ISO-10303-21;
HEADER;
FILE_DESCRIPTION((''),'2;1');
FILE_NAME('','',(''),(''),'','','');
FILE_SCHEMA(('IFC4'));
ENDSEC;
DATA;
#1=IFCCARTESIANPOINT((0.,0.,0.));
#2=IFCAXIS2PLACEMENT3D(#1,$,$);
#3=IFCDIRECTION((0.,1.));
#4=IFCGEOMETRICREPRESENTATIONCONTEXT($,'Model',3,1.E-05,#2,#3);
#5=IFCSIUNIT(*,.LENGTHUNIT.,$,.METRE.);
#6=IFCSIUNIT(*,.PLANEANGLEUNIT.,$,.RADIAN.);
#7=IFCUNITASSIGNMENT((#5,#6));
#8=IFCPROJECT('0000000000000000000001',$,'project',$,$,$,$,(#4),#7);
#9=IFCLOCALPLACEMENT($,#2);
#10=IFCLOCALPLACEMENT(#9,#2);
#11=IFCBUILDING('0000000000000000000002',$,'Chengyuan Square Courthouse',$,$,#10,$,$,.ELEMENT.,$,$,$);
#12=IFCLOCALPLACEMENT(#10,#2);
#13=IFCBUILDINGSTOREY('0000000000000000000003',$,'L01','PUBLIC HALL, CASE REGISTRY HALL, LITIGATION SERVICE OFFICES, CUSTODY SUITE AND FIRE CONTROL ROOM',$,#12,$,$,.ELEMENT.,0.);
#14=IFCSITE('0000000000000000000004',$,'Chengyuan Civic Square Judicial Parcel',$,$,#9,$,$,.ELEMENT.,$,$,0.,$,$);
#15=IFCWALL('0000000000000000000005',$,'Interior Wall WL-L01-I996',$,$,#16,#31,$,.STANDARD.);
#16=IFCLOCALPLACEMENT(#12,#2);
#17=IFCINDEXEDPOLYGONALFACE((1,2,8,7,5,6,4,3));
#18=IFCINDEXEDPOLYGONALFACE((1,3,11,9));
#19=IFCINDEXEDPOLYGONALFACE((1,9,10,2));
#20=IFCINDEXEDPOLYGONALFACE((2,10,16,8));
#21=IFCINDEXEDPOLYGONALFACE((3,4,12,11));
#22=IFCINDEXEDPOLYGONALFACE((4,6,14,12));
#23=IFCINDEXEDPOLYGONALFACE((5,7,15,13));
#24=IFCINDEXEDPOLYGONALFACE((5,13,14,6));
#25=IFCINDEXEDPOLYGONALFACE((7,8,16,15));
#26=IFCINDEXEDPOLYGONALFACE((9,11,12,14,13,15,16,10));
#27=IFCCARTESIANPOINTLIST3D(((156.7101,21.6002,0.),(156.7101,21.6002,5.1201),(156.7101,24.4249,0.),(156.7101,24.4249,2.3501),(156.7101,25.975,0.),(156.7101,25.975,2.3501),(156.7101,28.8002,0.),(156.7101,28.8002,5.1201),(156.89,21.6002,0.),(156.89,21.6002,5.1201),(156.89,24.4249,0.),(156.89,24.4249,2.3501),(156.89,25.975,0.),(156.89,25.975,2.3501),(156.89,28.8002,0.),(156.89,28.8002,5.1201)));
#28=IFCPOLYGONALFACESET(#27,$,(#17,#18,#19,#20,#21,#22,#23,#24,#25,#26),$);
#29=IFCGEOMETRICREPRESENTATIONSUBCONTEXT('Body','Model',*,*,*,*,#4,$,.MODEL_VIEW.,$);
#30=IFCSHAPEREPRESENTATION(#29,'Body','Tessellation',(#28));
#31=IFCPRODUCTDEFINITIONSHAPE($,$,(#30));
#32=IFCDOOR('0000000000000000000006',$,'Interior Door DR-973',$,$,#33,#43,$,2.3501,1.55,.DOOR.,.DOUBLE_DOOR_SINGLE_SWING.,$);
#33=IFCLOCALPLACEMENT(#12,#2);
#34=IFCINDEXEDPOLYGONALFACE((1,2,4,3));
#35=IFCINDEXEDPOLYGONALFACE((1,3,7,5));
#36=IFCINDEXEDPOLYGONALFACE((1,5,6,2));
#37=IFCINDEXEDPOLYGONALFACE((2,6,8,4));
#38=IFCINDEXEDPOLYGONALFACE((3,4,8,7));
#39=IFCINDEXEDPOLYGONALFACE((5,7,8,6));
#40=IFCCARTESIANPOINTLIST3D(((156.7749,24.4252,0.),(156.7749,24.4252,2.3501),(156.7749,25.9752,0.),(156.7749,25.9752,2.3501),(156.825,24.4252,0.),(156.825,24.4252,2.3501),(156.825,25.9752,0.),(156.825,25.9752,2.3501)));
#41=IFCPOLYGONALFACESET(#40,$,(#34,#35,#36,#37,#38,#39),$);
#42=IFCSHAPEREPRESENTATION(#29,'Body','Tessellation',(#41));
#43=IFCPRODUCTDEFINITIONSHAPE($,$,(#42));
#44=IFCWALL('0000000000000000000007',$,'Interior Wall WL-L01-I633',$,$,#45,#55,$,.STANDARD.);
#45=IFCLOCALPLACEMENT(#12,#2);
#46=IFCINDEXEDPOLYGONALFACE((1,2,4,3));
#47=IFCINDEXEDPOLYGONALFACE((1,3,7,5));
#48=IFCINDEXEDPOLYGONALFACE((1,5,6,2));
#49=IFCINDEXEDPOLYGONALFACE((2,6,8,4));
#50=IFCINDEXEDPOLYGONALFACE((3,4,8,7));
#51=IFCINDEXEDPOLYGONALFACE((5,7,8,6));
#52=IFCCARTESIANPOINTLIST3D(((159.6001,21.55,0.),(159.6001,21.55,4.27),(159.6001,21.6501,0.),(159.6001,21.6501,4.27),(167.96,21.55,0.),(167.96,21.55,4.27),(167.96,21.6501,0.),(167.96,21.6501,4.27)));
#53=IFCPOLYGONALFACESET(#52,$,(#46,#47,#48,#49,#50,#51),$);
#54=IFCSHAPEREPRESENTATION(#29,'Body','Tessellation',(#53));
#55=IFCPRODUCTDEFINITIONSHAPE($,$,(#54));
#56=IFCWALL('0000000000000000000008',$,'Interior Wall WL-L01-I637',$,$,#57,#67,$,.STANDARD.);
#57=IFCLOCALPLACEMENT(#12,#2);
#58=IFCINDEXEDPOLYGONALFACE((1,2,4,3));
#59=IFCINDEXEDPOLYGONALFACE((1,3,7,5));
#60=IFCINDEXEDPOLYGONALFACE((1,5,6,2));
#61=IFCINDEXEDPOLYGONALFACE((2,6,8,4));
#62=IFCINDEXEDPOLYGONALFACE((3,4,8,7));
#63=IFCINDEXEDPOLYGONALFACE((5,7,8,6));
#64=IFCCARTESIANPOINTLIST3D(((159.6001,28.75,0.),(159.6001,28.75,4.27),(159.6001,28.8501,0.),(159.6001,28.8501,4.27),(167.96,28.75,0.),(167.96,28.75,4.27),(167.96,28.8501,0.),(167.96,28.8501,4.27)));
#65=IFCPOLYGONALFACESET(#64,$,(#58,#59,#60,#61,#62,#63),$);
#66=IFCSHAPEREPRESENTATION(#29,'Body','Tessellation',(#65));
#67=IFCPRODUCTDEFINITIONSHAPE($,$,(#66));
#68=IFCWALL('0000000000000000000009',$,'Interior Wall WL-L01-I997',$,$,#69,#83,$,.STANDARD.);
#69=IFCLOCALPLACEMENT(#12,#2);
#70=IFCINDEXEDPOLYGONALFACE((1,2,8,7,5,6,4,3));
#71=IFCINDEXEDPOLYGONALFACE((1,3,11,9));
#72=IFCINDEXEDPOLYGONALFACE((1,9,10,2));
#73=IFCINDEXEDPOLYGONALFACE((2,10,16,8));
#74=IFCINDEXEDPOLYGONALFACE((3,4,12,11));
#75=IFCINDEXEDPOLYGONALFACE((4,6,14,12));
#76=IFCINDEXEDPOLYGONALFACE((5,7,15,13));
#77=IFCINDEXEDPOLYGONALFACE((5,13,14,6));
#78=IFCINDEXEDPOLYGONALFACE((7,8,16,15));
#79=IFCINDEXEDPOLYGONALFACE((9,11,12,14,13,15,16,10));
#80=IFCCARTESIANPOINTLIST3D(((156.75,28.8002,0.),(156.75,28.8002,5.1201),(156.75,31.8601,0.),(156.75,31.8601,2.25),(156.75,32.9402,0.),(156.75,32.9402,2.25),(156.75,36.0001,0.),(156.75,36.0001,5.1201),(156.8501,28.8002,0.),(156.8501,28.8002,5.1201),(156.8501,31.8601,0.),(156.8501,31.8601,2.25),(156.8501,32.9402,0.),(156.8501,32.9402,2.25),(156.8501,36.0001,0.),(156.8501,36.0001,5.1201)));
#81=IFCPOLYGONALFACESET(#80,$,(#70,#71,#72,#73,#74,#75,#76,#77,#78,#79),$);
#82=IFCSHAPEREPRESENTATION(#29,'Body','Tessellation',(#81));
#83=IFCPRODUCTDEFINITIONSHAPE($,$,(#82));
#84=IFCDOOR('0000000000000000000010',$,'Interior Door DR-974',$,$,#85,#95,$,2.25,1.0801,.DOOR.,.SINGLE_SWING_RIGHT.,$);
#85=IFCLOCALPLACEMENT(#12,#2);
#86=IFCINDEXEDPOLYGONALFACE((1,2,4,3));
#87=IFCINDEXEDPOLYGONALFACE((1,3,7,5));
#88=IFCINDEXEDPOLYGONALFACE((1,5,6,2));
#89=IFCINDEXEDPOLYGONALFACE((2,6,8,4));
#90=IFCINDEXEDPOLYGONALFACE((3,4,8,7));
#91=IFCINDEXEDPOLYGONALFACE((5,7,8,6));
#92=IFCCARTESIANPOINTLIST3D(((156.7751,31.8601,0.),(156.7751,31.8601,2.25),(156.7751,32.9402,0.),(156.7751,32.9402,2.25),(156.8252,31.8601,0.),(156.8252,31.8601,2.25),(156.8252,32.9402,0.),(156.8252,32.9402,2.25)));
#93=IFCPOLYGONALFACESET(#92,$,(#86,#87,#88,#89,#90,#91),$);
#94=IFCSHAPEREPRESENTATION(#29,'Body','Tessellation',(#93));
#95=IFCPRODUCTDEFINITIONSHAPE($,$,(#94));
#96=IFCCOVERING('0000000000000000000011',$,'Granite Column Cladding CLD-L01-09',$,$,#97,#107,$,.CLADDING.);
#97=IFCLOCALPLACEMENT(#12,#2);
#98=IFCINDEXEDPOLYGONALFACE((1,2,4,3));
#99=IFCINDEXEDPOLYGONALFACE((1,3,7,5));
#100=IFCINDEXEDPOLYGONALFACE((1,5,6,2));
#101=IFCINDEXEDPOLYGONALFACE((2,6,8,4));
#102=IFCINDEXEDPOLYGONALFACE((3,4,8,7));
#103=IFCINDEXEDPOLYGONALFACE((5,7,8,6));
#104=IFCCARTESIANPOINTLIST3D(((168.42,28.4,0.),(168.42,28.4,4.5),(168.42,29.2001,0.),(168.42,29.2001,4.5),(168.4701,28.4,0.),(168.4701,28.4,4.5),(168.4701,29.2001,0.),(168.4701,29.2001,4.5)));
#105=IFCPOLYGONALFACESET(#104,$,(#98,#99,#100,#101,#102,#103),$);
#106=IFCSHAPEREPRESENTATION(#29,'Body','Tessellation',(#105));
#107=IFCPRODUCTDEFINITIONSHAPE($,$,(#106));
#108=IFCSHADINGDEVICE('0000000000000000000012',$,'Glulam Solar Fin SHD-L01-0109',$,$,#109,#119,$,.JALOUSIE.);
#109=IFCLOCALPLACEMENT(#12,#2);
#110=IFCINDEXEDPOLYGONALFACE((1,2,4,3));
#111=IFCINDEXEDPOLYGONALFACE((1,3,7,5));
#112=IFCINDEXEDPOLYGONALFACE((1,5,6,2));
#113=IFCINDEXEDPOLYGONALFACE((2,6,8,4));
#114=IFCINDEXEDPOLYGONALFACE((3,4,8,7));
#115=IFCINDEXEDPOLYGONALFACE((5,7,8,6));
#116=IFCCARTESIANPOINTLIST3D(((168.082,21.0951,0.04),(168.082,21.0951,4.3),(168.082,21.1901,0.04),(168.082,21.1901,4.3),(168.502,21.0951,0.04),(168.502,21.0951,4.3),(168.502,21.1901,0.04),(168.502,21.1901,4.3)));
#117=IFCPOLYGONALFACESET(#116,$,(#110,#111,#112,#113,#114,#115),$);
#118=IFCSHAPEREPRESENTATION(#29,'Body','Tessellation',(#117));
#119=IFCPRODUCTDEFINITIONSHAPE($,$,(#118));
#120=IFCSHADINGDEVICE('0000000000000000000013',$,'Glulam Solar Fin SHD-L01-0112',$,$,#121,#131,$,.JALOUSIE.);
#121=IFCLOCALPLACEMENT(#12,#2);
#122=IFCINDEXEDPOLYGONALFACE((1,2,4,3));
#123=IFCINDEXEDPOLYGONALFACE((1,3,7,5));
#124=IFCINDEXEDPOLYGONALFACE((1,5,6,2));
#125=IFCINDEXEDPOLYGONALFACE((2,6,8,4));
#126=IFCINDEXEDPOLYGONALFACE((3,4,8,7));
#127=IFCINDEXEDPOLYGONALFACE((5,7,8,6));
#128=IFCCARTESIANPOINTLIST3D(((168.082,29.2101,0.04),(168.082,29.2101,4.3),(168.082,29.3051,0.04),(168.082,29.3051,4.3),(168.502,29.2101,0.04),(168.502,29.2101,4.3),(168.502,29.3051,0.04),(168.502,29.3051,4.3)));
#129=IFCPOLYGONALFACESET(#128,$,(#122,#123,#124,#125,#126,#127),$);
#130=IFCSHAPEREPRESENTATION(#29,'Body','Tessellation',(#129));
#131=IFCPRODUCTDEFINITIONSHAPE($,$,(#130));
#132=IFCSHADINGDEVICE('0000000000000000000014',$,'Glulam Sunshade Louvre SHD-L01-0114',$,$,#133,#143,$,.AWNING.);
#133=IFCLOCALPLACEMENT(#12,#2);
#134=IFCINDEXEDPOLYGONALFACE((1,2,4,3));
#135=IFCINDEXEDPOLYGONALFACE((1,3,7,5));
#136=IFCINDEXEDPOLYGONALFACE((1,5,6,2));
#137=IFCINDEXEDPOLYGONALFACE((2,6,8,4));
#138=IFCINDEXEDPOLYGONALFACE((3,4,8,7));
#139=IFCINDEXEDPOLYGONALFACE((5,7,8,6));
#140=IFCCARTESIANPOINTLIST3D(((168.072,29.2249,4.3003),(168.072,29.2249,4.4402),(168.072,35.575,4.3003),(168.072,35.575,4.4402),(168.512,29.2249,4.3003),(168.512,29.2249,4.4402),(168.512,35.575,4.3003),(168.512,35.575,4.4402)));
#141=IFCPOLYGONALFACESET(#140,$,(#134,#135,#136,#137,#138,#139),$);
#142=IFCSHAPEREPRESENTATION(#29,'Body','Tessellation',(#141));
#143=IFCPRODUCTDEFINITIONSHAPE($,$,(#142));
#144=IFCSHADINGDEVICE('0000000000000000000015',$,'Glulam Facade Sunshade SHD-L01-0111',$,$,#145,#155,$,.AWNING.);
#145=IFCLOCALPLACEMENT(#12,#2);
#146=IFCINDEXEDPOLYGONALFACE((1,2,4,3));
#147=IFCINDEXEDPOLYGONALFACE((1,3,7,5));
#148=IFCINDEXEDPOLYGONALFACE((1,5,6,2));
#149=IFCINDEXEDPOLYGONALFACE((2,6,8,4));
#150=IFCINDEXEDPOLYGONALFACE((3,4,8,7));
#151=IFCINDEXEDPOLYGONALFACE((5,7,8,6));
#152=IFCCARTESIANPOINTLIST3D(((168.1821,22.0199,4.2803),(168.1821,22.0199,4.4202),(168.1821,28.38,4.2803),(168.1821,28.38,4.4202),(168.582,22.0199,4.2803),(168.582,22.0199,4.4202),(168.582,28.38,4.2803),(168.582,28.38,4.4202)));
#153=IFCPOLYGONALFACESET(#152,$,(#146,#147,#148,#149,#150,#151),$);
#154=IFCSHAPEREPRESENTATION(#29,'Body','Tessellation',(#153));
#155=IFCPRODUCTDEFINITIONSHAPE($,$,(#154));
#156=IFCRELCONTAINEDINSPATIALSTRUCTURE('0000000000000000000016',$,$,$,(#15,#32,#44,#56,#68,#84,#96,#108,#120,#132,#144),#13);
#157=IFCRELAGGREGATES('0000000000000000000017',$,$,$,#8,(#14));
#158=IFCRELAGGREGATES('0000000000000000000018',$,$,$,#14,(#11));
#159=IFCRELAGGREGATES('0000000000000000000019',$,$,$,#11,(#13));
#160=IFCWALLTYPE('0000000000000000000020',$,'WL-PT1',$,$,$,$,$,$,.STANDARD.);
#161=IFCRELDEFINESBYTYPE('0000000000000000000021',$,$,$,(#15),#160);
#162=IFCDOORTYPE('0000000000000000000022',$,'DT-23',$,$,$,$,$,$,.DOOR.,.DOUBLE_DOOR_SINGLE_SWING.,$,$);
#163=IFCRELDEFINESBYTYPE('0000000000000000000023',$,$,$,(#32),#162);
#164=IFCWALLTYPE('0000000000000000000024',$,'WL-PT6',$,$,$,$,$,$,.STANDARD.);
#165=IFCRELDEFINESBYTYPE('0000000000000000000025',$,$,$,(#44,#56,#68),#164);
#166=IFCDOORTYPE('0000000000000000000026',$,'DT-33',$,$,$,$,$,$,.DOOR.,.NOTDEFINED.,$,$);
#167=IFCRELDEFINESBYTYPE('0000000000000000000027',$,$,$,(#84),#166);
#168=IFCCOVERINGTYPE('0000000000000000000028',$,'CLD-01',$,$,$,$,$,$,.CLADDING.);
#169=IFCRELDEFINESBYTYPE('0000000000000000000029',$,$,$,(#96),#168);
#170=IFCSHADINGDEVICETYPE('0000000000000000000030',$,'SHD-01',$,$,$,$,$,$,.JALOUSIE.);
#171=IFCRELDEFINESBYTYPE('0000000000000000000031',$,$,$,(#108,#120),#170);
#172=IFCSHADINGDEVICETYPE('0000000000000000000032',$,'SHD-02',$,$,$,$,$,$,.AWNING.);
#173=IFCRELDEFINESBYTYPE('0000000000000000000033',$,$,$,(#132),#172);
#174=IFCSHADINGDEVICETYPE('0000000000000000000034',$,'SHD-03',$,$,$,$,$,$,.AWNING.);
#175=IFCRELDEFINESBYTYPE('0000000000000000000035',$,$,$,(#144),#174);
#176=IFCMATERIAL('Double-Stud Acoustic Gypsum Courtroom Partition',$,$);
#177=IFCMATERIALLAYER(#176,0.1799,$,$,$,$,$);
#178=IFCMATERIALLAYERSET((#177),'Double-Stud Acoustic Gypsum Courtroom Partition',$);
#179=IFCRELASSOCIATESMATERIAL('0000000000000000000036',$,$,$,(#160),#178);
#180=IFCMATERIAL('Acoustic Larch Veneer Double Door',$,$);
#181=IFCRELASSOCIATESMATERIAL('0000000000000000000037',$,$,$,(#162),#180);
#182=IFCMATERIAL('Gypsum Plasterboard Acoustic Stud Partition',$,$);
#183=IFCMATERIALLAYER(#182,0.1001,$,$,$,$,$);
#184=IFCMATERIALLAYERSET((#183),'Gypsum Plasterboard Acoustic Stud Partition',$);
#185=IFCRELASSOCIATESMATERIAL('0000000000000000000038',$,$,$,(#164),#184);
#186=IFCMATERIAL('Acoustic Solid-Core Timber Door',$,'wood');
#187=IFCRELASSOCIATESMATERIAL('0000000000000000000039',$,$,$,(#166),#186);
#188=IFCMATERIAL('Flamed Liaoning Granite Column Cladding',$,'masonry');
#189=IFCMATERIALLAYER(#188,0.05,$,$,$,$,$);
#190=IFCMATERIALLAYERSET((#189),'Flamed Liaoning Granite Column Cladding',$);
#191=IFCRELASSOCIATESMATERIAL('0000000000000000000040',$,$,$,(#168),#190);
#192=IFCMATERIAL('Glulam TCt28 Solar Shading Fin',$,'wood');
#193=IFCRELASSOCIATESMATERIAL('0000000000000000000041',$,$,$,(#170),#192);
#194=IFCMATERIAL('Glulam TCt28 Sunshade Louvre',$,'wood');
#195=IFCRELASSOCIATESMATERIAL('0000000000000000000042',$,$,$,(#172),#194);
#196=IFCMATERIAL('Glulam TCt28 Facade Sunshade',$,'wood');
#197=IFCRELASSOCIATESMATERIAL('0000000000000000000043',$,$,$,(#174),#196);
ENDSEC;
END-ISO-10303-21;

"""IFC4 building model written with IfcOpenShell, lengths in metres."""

from ifc_helpers import new_model, si_unit, direction, frame, frame_2d, origin, origin_2d, place, context, subcontext, project, spatial, rectangle, extrude, material, layer, layer_set, type_object, element, fill, save


model = new_model("IFC4")

# Units and contexts
model_context = context("Model", 3, precision=1e-05, world=origin(), true_north=direction((0.0, 1.0)))
body_context = subcontext(model_context, "Body", "Model", "MODEL_VIEW")
ifc_project = project(units=[si_unit("LENGTHUNIT", "METRE"), si_unit("PLANEANGLEUNIT", "RADIAN")], contexts=[model_context])

# Site, building, storey
site_placement = place(None, origin())
site = spatial("IfcSite", under=ifc_project, at=site_placement, Name="Chengyuan Civic Square Judicial Parcel", CompositionType="ELEMENT", RefElevation=0.0)
building_placement = place(site_placement, origin())
building = spatial("IfcBuilding", under=site, at=building_placement, Name="Chengyuan Square Courthouse", CompositionType="ELEMENT")
storey_placement = place(building_placement, origin())
storey = spatial("IfcBuildingStorey", under=building, at=storey_placement, Name="L01", Description="PUBLIC HALL, CASE REGISTRY HALL, LITIGATION SERVICE OFFICES, CUSTODY SUITE AND FIRE CONTROL ROOM", CompositionType="ELEMENT", Elevation=0.0)

# Wall, opening, door
ifc_material_1 = material(Name="Double-Stud Acoustic Gypsum Courtroom Partition")
ifc_layer_1 = layer(ifc_material_1, 0.1799)
ifc_layer_set_1 = layer_set([ifc_layer_1], Name="Double-Stud Acoustic Gypsum Courtroom Partition")
wall_type_1 = type_object("IfcWallType", Name="WL-PT1", PredefinedType="STANDARD", material=ifc_layer_set_1)
wall_1_placement = place(storey_placement, frame((156.8, 21.6001, 0.0), z_axis=(0.0, 0.0, 1.0), x_axis=(0.0, 1.0, 0.0)))
wall_1 = element("IfcWall", 1, at=wall_1_placement, inside=storey, type_object=wall_type_1, Name="Interior Wall WL-L01-I996", PredefinedType="STANDARD", context=body_context, shape_type="SweptSolid", body=[
    extrude(rectangle(XDim=7.2, YDim=0.1799, at=frame_2d((3.6001, 0.0))), origin(), (0.0, 0.0, 1.0), 5.1201),
])
opening_1_placement = place(wall_1_placement, frame((2.825, 0.0, 0.0)))
opening_1 = element("IfcOpeningElement", 2, at=opening_1_placement, cuts=wall_1, PredefinedType="OPENING", context=body_context, shape_type="SweptSolid", body=[
    extrude(rectangle(XDim=1.55, YDim=2.3501, at=frame_2d((0.7749, 1.175))), frame((0.0, 0.1021, 0.0), z_axis=(0.0, -1.0, 0.0), x_axis=(1.0, 0.0, 0.0)), (0.0, 0.0, 1.0), 0.2039),
])
ifc_material_2 = material(Name="Acoustic Larch Veneer Double Door")
door_type_1 = type_object("IfcDoorType", Name="DT-23", OperationType="DOUBLE_DOOR_SINGLE_SWING", PredefinedType="DOOR", material=ifc_material_2)
door_1_placement = place(opening_1_placement, frame((1.55, 0.0, 0.0), z_axis=(0.0, 0.0, 1.0), x_axis=(-1.0, 0.0, 0.0)))
door_1 = element("IfcDoor", 3, at=door_1_placement, inside=storey, type_object=door_type_1, Name="Interior Door DR-973", OperationType="DOUBLE_DOOR_SINGLE_SWING", OverallHeight=2.3501, OverallWidth=1.55, PredefinedType="DOOR", context=body_context, shape_type="SweptSolid", body=[
    extrude(rectangle(XDim=1.55, YDim=2.3501, at=frame_2d((0.7749, 1.175))), frame((0.0, 0.0249, 0.0), z_axis=(0.0, -1.0, 0.0), x_axis=(1.0, 0.0, 0.0)), (0.0, 0.0, 1.0), 0.05),
])
fill(opening_1, door_1)

# Walls
ifc_material_3 = material(Name="Gypsum Plasterboard Acoustic Stud Partition")
ifc_layer_2 = layer(ifc_material_3, 0.1001)
ifc_layer_set_2 = layer_set([ifc_layer_2], Name="Gypsum Plasterboard Acoustic Stud Partition")
wall_type_2 = type_object("IfcWallType", Name="WL-PT6", PredefinedType="STANDARD", material=ifc_layer_set_2)
for number, where, z_axis, x_axis, name in (
    (4, (159.6001, 21.6001, 0.0), (0.0, 0.0, 1.0), (1.0, 0.0, 0.0), "Interior Wall WL-L01-I633"),
    (5, (159.6001, 28.8, 0.0), (0.0, 0.0, 1.0), (1.0, 0.0, 0.0), "Interior Wall WL-L01-I637"),
):
    element("IfcWall", number, at=place(storey_placement, frame(where, z_axis=z_axis, x_axis=x_axis)), inside=storey, type_object=wall_type_2, Name=name, PredefinedType="STANDARD", context=body_context, shape_type="SweptSolid", body=[
        extrude(rectangle(XDim=8.3599, YDim=0.1001, at=frame_2d((4.1799, 0.0))), origin(), (0.0, 0.0, 1.0), 4.27),
    ])

# Wall, opening, door
wall_2_placement = place(storey_placement, frame((156.8, 28.8, 0.0), z_axis=(0.0, 0.0, 1.0), x_axis=(0.0, 1.0, 0.0)))
wall_2 = element("IfcWall", 6, at=wall_2_placement, inside=storey, type_object=wall_type_2, Name="Interior Wall WL-L01-I997", PredefinedType="STANDARD", context=body_context, shape_type="SweptSolid", body=[
    extrude(rectangle(XDim=7.2, YDim=0.1001, at=frame_2d((3.6001, 0.0))), origin(), (0.0, 0.0, 1.0), 5.1201),
])
opening_2_placement = place(wall_2_placement, frame((3.0601, 0.0, 0.0)))
opening_2 = element("IfcOpeningElement", 7, at=opening_2_placement, cuts=wall_2, PredefinedType="OPENING", context=body_context, shape_type="SweptSolid", body=[
    extrude(rectangle(XDim=1.0801, YDim=2.25, at=frame_2d((0.54, 1.125))), frame((0.0, 0.062, 0.0), z_axis=(0.0, -1.0, 0.0), x_axis=(1.0, 0.0, 0.0)), (0.0, 0.0, 1.0), 0.124),
])
ifc_material_4 = material(Name="Acoustic Solid-Core Timber Door", Category="wood")
door_type_2 = type_object("IfcDoorType", Name="DT-33", OperationType="NOTDEFINED", PredefinedType="DOOR", material=ifc_material_4)
door_2_placement = place(opening_2_placement, origin())
door_2 = element("IfcDoor", 8, at=door_2_placement, inside=storey, type_object=door_type_2, Name="Interior Door DR-974", OperationType="SINGLE_SWING_RIGHT", OverallHeight=2.25, OverallWidth=1.0801, PredefinedType="DOOR", context=body_context, shape_type="SweptSolid", body=[
    extrude(rectangle(XDim=1.0801, YDim=2.25, at=frame_2d((0.54, 1.125))), frame((0.0, 0.0249, 0.0), z_axis=(0.0, -1.0, 0.0), x_axis=(1.0, 0.0, 0.0)), (0.0, 0.0, 1.0), 0.05),
])
fill(opening_2, door_2)

# Covering
ifc_material_5 = material(Name="Flamed Liaoning Granite Column Cladding", Category="masonry")
ifc_layer_3 = layer(ifc_material_5, 0.05)
ifc_layer_set_3 = layer_set([ifc_layer_3], Name="Flamed Liaoning Granite Column Cladding")
covering_type = type_object("IfcCoveringType", Name="CLD-01", PredefinedType="CLADDING", material=ifc_layer_set_3)
covering_placement = place(storey_placement, frame((168.4451, 28.8, 0.0), z_axis=(0.0, 0.0, 1.0), x_axis=(1.0, 0.0, 0.0)))
element("IfcCovering", 9, at=covering_placement, inside=storey, type_object=covering_type, Name="Granite Column Cladding CLD-L01-09", PredefinedType="CLADDING", context=body_context, shape_type="SweptSolid", body=[
    extrude(rectangle(XDim=0.05, YDim=0.8, at=origin_2d()), origin(), (0.0, 0.0, 1.0), 4.5),
])

# Shading devices
ifc_material_6 = material(Name="Glulam TCt28 Solar Shading Fin", Category="wood")
shading_device_type_1 = type_object("IfcShadingDeviceType", Name="SHD-01", PredefinedType="JALOUSIE", material=ifc_material_6)
for number, where, z_axis, x_axis, name in (
    (10, (168.292, 21.1426, 0.04), (0.0, 0.0, 1.0), (1.0, 0.0, 0.0), "Glulam Solar Fin SHD-L01-0109"),
    (11, (168.292, 29.2576, 0.04), (0.0, 0.0, 1.0), (1.0, 0.0, 0.0), "Glulam Solar Fin SHD-L01-0112"),
):
    element("IfcShadingDevice", number, at=place(storey_placement, frame(where, z_axis=z_axis, x_axis=x_axis)), inside=storey, type_object=shading_device_type_1, Name=name, PredefinedType="JALOUSIE", context=body_context, shape_type="SweptSolid", body=[
        extrude(rectangle(XDim=0.4199, YDim=0.095, at=origin_2d()), origin(), (0.0, 0.0, 1.0), 4.26),
    ])
ifc_material_7 = material(Name="Glulam TCt28 Sunshade Louvre", Category="wood")
shading_device_type_2 = type_object("IfcShadingDeviceType", Name="SHD-02", PredefinedType="AWNING", material=ifc_material_7)
shading_device_1_placement = place(storey_placement, frame((168.292, 32.3999, 4.3003), z_axis=(0.0, 0.0, 1.0), x_axis=(0.0, 1.0, 0.0)))
element("IfcShadingDevice", 12, at=shading_device_1_placement, inside=storey, type_object=shading_device_type_2, Name="Glulam Sunshade Louvre SHD-L01-0114", PredefinedType="AWNING", context=body_context, shape_type="SweptSolid", body=[
    extrude(rectangle(XDim=6.3501, YDim=0.4399, at=origin_2d()), origin(), (0.0, 0.0, 1.0), 0.1399),
])
ifc_material_8 = material(Name="Glulam TCt28 Facade Sunshade", Category="wood")
shading_device_type_3 = type_object("IfcShadingDeviceType", Name="SHD-03", PredefinedType="AWNING", material=ifc_material_8)
shading_device_2_placement = place(storey_placement, frame((168.3821, 25.2, 4.2803), z_axis=(0.0, 0.0, 1.0), x_axis=(0.0, 1.0, 0.0)))
element("IfcShadingDevice", 13, at=shading_device_2_placement, inside=storey, type_object=shading_device_type_3, Name="Glulam Facade Sunshade SHD-L01-0111", PredefinedType="AWNING", context=body_context, shape_type="SweptSolid", body=[
    extrude(rectangle(XDim=6.3601, YDim=0.3999, at=origin_2d()), origin(), (0.0, 0.0, 1.0), 0.1399),
])

save(model, "model.ifc")
